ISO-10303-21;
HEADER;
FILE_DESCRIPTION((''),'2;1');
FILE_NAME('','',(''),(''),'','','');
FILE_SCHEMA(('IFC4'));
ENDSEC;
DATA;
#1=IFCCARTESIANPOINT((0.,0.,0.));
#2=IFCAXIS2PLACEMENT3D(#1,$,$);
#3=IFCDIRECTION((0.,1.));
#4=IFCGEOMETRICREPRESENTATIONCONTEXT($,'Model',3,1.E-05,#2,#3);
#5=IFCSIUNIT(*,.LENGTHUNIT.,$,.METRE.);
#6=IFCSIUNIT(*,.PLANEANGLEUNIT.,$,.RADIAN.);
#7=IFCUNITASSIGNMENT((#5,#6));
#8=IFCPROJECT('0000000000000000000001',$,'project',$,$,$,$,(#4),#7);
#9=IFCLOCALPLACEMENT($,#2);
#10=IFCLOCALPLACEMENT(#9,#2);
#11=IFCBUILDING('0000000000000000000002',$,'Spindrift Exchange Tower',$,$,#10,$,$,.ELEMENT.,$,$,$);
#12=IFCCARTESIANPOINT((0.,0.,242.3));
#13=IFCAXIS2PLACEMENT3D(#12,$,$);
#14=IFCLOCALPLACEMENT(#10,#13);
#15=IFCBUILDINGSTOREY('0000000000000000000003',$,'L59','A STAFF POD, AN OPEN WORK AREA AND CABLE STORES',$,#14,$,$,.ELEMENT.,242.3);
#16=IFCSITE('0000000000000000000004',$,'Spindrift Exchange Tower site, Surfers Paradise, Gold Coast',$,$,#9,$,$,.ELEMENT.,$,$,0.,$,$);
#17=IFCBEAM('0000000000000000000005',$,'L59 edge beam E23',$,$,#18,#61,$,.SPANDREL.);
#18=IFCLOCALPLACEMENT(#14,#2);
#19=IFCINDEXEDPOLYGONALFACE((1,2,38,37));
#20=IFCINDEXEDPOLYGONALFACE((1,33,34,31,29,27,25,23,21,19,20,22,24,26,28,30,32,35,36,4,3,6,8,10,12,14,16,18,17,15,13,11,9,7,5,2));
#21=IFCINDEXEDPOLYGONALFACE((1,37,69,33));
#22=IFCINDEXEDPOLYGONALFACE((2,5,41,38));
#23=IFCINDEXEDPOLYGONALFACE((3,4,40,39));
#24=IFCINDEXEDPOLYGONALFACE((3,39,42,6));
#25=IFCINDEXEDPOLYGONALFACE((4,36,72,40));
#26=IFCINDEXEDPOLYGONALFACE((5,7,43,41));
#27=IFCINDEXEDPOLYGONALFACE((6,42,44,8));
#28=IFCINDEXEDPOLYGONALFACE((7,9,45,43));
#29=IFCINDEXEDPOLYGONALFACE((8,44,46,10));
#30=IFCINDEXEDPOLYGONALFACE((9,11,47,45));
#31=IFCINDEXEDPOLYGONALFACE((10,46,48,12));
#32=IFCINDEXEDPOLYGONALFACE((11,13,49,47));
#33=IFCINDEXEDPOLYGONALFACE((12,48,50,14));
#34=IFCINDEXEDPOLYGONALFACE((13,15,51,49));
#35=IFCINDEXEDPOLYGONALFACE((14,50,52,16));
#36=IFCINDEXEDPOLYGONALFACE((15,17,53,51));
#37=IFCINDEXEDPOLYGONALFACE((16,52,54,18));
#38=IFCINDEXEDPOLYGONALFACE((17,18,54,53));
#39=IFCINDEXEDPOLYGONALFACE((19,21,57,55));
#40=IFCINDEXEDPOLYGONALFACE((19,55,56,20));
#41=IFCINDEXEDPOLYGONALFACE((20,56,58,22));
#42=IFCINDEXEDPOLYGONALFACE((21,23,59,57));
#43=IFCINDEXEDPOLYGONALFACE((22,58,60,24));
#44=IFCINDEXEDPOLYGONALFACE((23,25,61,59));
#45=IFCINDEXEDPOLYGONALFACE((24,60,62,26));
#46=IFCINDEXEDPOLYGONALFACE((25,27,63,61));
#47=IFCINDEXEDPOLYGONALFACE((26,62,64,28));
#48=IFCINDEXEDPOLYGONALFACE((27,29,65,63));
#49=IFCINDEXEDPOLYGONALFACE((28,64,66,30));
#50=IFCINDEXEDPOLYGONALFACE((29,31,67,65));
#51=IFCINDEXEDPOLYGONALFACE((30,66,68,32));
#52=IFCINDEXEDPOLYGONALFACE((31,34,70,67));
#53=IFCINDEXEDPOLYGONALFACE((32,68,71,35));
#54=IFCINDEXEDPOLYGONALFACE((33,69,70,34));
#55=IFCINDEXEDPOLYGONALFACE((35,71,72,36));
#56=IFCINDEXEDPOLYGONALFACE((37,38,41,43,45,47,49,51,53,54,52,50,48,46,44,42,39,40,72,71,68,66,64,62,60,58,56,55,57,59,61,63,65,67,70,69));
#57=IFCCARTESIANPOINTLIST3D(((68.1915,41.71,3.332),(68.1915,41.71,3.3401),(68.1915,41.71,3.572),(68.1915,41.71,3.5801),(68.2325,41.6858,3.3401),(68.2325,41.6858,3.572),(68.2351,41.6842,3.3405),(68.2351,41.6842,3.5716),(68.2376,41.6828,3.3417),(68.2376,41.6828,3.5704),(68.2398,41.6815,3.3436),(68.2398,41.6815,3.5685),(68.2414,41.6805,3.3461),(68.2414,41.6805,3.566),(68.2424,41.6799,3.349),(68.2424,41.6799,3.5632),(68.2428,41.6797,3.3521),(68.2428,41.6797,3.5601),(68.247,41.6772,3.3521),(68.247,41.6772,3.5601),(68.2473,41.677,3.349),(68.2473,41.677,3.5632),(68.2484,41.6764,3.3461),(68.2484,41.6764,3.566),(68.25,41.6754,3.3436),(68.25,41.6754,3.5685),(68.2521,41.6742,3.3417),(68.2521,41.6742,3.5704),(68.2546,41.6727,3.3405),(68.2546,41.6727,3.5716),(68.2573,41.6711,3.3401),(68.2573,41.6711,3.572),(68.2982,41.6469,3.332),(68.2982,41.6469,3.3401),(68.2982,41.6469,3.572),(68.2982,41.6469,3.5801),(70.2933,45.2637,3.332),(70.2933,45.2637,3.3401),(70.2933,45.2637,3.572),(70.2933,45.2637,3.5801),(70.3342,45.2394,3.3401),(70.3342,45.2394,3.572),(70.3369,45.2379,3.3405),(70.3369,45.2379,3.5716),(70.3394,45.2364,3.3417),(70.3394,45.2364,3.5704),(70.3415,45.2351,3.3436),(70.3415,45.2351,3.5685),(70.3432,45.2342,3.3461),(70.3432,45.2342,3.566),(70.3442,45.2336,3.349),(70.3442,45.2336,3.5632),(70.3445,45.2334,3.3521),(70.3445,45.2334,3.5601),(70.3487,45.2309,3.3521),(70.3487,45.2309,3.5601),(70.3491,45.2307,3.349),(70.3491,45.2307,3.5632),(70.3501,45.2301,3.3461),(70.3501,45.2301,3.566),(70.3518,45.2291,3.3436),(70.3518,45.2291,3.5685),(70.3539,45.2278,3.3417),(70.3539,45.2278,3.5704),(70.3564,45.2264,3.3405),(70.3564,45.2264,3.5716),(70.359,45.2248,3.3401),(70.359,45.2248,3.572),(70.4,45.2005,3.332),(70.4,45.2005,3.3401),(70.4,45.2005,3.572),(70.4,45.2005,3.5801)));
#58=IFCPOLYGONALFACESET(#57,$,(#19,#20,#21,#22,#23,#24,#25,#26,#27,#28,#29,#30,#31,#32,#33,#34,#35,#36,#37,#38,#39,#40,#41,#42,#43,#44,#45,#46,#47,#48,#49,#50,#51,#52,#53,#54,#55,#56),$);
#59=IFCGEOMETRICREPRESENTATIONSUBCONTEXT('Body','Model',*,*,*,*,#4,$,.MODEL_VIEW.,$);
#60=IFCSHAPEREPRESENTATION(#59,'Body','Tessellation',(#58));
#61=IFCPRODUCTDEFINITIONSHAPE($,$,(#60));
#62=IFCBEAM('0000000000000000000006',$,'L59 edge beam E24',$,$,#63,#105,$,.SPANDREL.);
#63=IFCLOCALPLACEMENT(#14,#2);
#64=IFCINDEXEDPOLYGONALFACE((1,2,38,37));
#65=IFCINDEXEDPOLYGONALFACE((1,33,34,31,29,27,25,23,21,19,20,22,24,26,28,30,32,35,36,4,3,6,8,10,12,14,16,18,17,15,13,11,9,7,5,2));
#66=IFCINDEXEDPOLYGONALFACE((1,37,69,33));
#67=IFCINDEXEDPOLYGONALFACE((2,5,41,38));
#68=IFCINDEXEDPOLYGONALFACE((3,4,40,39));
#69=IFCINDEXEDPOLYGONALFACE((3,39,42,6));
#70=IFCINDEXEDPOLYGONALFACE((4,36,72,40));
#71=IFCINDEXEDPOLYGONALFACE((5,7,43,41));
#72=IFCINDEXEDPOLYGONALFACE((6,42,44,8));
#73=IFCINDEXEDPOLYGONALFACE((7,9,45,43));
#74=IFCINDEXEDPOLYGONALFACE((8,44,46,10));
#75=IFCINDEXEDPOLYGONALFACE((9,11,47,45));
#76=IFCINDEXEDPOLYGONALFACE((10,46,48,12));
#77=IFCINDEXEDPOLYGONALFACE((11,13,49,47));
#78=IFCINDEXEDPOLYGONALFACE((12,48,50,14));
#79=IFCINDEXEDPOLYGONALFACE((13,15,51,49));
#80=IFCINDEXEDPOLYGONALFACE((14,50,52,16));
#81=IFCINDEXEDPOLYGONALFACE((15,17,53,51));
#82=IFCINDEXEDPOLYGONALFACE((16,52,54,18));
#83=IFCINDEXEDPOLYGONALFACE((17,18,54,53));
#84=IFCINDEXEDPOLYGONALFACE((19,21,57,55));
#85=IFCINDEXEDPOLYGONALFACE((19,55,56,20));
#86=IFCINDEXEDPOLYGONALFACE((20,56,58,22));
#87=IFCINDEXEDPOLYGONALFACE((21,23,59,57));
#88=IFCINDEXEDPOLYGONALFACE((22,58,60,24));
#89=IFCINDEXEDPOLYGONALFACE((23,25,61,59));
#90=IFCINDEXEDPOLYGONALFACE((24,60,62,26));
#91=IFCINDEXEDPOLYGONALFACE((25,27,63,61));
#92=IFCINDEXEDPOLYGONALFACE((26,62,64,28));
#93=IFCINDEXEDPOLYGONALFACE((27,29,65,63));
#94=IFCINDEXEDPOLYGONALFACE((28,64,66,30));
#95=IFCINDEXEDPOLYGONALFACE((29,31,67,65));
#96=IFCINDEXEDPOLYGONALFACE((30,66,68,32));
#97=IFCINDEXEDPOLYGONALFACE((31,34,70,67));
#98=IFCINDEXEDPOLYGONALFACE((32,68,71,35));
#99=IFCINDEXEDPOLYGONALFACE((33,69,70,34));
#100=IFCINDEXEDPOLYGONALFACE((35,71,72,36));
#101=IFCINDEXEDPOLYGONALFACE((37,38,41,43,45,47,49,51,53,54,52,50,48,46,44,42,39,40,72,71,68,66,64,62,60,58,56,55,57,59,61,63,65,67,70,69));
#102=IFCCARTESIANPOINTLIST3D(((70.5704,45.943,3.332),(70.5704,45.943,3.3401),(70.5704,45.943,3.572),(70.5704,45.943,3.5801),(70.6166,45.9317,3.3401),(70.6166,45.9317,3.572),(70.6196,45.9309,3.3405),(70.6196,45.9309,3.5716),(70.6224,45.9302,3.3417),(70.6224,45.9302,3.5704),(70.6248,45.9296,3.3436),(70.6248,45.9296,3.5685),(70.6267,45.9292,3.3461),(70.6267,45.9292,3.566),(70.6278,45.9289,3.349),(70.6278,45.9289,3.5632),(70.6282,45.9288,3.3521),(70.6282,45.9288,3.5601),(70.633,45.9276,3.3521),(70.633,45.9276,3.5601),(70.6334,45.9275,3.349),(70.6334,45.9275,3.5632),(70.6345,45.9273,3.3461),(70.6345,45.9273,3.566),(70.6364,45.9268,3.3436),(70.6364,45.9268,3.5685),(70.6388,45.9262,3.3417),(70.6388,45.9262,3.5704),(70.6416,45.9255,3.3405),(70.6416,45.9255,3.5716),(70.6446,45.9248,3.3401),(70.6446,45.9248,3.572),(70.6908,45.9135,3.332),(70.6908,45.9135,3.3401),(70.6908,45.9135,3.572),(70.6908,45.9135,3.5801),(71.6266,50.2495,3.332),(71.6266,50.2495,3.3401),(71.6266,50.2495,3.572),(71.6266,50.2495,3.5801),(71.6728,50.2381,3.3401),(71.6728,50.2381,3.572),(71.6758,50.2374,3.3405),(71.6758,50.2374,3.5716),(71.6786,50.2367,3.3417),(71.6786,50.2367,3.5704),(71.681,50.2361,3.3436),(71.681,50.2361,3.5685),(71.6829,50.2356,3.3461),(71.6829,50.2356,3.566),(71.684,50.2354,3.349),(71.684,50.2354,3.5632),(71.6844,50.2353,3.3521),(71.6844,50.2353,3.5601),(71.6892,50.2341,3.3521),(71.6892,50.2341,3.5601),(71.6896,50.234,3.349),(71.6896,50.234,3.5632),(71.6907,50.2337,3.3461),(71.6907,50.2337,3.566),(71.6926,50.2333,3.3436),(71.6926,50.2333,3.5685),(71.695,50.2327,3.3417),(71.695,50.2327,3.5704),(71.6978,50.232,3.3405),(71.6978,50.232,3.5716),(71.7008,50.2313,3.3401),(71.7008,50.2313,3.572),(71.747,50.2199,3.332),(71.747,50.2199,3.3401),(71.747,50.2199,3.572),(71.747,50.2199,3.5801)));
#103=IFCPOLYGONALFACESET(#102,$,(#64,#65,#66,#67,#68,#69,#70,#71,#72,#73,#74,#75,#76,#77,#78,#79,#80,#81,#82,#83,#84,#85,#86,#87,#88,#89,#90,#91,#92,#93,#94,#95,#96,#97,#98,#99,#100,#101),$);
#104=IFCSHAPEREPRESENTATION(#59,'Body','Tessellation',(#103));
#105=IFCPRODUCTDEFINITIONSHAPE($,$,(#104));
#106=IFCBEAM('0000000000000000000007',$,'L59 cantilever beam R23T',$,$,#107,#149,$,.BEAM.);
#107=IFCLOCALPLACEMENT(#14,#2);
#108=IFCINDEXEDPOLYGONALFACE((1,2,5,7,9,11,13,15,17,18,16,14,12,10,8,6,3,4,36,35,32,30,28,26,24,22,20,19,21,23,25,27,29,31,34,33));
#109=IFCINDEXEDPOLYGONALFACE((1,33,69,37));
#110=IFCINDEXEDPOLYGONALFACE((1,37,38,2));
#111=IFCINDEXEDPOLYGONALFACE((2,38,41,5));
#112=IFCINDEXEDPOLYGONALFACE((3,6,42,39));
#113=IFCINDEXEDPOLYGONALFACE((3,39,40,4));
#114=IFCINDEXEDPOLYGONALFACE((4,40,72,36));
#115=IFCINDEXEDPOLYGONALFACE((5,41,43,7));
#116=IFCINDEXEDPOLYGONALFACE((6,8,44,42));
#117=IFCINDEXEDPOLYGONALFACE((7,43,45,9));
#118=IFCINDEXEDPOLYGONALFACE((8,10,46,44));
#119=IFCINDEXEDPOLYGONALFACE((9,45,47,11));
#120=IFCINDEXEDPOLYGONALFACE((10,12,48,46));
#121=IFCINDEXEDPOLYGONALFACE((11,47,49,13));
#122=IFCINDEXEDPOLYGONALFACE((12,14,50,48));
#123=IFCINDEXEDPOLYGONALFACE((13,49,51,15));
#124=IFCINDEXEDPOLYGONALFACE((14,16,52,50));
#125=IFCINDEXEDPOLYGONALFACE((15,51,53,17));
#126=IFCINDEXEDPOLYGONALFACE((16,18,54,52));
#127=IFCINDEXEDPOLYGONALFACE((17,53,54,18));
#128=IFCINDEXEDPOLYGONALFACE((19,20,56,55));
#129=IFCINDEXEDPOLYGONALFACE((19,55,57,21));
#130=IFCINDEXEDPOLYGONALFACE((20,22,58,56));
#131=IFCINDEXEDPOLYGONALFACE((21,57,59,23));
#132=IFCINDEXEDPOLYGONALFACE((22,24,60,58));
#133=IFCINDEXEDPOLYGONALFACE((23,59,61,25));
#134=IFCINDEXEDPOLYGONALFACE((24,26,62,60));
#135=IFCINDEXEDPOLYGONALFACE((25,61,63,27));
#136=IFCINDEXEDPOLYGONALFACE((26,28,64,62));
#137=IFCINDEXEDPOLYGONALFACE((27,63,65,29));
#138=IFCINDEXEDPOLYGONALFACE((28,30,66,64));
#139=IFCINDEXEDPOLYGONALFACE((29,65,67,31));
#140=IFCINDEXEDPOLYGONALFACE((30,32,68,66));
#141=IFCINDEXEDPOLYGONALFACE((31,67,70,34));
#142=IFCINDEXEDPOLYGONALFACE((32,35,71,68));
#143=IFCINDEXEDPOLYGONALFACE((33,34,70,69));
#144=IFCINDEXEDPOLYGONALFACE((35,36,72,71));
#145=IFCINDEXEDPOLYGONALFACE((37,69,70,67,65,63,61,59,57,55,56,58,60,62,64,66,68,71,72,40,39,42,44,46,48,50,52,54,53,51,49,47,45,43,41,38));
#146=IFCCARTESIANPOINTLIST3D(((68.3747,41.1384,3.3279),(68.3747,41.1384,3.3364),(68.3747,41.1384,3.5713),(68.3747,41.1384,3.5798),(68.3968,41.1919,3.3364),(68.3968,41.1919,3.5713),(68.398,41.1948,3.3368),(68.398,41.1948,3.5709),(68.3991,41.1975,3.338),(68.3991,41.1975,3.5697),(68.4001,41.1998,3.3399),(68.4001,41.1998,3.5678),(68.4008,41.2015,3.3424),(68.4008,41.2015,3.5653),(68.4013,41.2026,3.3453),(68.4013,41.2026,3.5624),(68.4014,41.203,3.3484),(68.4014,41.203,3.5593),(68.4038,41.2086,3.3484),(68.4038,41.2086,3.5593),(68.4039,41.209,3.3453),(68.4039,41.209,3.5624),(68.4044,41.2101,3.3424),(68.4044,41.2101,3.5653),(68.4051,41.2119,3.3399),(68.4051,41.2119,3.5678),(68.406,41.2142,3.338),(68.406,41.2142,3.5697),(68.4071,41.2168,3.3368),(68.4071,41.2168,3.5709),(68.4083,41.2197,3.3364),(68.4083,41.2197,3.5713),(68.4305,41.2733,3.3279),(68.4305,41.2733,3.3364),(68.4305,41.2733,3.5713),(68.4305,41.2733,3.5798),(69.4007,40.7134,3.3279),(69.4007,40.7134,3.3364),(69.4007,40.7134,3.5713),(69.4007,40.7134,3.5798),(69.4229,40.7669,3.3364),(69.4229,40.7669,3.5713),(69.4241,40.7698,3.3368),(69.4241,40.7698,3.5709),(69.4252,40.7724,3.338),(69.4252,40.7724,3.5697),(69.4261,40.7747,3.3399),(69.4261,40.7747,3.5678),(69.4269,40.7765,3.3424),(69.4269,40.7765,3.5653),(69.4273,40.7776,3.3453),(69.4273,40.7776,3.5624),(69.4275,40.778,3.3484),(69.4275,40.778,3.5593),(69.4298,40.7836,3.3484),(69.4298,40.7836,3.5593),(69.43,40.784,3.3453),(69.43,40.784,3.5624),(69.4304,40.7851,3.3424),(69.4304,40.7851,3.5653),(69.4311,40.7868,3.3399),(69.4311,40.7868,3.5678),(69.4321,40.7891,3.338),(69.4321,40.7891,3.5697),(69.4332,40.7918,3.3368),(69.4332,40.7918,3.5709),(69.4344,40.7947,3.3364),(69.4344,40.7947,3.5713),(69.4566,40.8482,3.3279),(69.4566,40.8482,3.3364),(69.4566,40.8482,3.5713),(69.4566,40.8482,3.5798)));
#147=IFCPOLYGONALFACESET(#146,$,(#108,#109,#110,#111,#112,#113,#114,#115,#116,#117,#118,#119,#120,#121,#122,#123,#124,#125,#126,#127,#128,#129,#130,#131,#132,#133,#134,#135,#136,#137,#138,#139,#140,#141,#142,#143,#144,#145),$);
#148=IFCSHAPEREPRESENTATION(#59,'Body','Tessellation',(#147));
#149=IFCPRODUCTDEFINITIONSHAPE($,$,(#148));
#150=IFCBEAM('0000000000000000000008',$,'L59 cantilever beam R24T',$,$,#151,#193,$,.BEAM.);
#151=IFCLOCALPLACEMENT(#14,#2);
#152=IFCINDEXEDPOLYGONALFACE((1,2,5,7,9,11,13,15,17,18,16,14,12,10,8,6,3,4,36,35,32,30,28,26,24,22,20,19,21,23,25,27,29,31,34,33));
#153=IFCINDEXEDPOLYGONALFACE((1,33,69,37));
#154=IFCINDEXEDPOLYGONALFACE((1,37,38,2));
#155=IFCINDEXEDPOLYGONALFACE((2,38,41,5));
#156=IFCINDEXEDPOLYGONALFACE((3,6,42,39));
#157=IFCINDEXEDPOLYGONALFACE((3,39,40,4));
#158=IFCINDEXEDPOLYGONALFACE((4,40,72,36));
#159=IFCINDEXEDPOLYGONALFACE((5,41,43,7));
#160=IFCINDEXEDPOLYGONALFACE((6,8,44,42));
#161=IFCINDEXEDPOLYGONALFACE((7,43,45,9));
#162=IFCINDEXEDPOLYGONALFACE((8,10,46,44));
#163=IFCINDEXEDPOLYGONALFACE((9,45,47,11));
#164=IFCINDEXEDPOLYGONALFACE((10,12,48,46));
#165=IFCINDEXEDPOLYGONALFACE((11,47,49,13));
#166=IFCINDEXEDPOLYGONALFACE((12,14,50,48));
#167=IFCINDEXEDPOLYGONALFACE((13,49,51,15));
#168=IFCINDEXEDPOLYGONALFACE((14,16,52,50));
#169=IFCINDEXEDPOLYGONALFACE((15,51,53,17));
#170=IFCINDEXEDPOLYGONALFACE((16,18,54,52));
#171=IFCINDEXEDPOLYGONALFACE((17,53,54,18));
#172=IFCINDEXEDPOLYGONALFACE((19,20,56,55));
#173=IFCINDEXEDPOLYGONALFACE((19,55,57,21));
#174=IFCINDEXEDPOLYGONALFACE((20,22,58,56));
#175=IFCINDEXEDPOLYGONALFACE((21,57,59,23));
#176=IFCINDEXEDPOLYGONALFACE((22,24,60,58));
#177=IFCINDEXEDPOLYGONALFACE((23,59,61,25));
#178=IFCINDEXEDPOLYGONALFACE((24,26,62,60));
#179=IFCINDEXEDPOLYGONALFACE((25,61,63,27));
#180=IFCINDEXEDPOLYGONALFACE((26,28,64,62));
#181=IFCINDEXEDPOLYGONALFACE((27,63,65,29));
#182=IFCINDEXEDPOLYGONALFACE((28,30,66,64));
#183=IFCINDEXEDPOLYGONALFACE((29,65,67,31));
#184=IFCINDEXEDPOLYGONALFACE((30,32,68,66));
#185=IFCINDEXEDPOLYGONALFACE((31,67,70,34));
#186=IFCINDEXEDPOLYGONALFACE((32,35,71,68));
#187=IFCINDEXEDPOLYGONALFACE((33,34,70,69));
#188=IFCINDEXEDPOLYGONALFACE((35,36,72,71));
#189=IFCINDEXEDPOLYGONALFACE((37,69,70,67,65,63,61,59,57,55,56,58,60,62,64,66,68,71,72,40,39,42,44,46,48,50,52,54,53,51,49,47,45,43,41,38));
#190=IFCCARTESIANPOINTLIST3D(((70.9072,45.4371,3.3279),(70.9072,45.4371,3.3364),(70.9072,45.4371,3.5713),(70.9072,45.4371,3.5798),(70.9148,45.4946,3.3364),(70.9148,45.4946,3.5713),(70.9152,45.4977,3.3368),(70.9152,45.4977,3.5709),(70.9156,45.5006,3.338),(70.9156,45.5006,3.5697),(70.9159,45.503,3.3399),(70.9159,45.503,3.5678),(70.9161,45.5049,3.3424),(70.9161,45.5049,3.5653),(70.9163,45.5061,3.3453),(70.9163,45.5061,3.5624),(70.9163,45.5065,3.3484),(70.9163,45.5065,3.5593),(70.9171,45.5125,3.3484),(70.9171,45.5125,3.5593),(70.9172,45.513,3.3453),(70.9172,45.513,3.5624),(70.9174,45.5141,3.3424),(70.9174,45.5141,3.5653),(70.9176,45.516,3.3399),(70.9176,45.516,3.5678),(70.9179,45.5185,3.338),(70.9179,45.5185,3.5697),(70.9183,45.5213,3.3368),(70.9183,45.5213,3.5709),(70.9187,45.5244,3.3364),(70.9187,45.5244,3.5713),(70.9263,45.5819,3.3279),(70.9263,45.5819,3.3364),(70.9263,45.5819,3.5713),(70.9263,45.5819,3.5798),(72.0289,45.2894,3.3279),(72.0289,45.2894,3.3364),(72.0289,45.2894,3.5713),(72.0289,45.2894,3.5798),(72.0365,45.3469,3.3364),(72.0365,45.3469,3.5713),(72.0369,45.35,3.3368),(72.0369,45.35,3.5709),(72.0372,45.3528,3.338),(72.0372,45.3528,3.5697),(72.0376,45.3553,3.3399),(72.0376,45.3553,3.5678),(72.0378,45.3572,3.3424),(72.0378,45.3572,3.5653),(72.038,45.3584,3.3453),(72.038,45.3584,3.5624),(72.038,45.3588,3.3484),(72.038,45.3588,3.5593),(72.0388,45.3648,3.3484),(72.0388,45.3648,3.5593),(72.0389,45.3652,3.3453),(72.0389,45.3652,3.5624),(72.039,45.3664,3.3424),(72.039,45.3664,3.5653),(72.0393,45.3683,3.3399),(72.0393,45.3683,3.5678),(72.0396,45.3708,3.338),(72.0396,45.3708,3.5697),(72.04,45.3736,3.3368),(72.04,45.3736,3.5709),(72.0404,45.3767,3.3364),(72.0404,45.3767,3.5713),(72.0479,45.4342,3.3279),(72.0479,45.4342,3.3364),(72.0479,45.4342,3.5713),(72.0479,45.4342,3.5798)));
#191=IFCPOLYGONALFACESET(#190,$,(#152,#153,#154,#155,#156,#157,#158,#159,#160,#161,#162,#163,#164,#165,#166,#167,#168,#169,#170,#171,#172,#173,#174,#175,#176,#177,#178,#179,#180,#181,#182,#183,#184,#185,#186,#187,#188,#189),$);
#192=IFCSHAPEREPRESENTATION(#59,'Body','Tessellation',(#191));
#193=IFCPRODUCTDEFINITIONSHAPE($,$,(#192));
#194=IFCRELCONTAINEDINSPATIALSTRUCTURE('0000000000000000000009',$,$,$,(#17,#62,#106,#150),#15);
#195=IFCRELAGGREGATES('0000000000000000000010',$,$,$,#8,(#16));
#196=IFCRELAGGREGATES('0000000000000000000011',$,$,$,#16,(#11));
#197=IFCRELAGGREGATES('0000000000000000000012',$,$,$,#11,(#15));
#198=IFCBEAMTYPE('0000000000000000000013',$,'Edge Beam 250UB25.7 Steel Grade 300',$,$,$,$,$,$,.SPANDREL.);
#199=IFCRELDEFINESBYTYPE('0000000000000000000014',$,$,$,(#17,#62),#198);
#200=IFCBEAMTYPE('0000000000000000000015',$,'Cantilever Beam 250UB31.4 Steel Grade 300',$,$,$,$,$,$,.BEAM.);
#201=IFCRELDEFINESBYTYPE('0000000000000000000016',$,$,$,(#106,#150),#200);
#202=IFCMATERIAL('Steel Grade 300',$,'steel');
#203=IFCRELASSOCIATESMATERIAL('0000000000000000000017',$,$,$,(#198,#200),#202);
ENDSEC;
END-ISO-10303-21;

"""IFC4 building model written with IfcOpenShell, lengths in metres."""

from ifc_helpers import new_model, si_unit, direction, frame, origin, origin_2d, place, context, subcontext, project, spatial, i_section, extrude, source, transform, mapped, material, material_profile, profile_set, type_object, element, save


model = new_model("IFC4")

# Units and contexts
model_context = context("Model", 3, precision=1e-05, world=origin(), true_north=direction((0.0, 1.0)))
body_context = subcontext(model_context, "Body", "Model", "MODEL_VIEW")
ifc_project = project(units=[si_unit("LENGTHUNIT", "METRE"), si_unit("PLANEANGLEUNIT", "RADIAN")], contexts=[model_context])

# Site, building, storey
site_placement = place(None, origin())
site = spatial("IfcSite", under=ifc_project, at=site_placement, Name="Spindrift Exchange Tower site, Surfers Paradise, Gold Coast", CompositionType="ELEMENT", RefElevation=0.0)
building_placement = place(site_placement, origin())
building = spatial("IfcBuilding", under=site, at=building_placement, Name="Spindrift Exchange Tower", CompositionType="ELEMENT")
storey_placement = place(building_placement, frame((0.0, 0.0, 242.3)))
storey = spatial("IfcBuildingStorey", under=building, at=storey_placement, Name="L59", Description="A STAFF POD, AN OPEN WORK AREA AND CABLE STORES", CompositionType="ELEMENT", Elevation=242.3)

# Beams
ifc_material_1 = material(Name="Steel Grade 300", Category="steel")
ifc_material_profile_1 = material_profile(ifc_material_1, i_section(OverallWidth=0.124, OverallDepth=0.248, WebThickness=0.0049, FlangeThickness=0.0081, FilletRadius=0.012, at=origin_2d()), Name="250UB25.7")
ifc_profile_set_1 = profile_set([ifc_material_profile_1], Name="Steel Grade 300")
beam_type_1 = type_object("IfcBeamType", Name="Edge Beam 250UB25.7 Steel Grade 300", PredefinedType="SPANDREL", material=ifc_profile_set_1)
shared_shape_1 = source(origin(), body_context, "Body", "SweptSolid", [
    extrude(i_section(OverallWidth=0.124, OverallDepth=0.248, WebThickness=0.0049, FlangeThickness=0.0081, FilletRadius=0.012, at=origin_2d()), origin(), (0.0, 0.0, 1.0), 4.1287),
])
beam_1_placement = place(storey_placement, frame((68.2449, 41.6785, 3.4561), z_axis=(0.509068, 0.860726, 0.0), x_axis=(-0.860726, 0.509068, 0.0)))
element("IfcBeam", 1, at=beam_1_placement, inside=storey, type_object=beam_type_1, Name="L59 edge beam E23", PredefinedType="SPANDREL", context=body_context, shape_type="MappedRepresentation", body=[
    mapped(shared_shape_1, transform((0.0, 0.0, 0.0), scale=1.0)),
])
shared_shape_2 = source(origin(), body_context, "Body", "SweptSolid", [
    extrude(i_section(OverallWidth=0.124, OverallDepth=0.248, WebThickness=0.0049, FlangeThickness=0.0081, FilletRadius=0.012, at=origin_2d()), origin(), (0.0, 0.0, 1.0), 4.4341),
])
beam_2_placement = place(storey_placement, frame((70.6306, 45.9282, 3.4561), z_axis=(0.238193, 0.971218, 0.0), x_axis=(-0.971218, 0.238193, 0.0)))
element("IfcBeam", 2, at=beam_2_placement, inside=storey, type_object=beam_type_1, Name="L59 edge beam E24", PredefinedType="SPANDREL", context=body_context, shape_type="MappedRepresentation", body=[
    mapped(shared_shape_2, transform((0.0, 0.0, 0.0), scale=1.0)),
])
ifc_material_profile_2 = material_profile(ifc_material_1, i_section(OverallWidth=0.146, OverallDepth=0.252, WebThickness=0.0061, FlangeThickness=0.0085, FilletRadius=0.012, at=origin_2d()), Name="250UB31.4")
ifc_profile_set_2 = profile_set([ifc_material_profile_2], Name="Steel Grade 300")
beam_type_2 = type_object("IfcBeamType", Name="Cantilever Beam 250UB31.4 Steel Grade 300", PredefinedType="BEAM", material=ifc_profile_set_2)
shared_shape_3 = source(origin(), body_context, "Body", "SweptSolid", [
    extrude(i_section(OverallWidth=0.146, OverallDepth=0.252, WebThickness=0.0061, FlangeThickness=0.0085, FilletRadius=0.012, at=origin_2d()), origin(), (0.0, 0.0, 1.0), 1.1106),
])
beam_3_placement = place(storey_placement, frame((68.4026, 41.2058, 3.4539), z_axis=(0.923875, -0.382695, 0.0), x_axis=(0.382695, 0.923875, 0.0)))
element("IfcBeam", 3, at=beam_3_placement, inside=storey, type_object=beam_type_2, Name="L59 cantilever beam R23T", PredefinedType="BEAM", context=body_context, shape_type="MappedRepresentation", body=[
    mapped(shared_shape_3, transform((0.0, 0.0, 0.0), scale=1.0)),
])
shared_shape_4 = source(origin(), body_context, "Body", "SweptSolid", [
    extrude(i_section(OverallWidth=0.146, OverallDepth=0.252, WebThickness=0.0061, FlangeThickness=0.0085, FilletRadius=0.012, at=origin_2d()), origin(), (0.0, 0.0, 1.0), 1.1313),
])
beam_4_placement = place(storey_placement, frame((70.9167, 45.5095, 3.4539), z_axis=(0.99144, -0.130566, 0.0), x_axis=(0.130566, 0.99144, 0.0)))
element("IfcBeam", 4, at=beam_4_placement, inside=storey, type_object=beam_type_2, Name="L59 cantilever beam R24T", PredefinedType="BEAM", context=body_context, shape_type="MappedRepresentation", body=[
    mapped(shared_shape_4, transform((0.0, 0.0, 0.0), scale=1.0)),
])

save(model, "model.ifc")
